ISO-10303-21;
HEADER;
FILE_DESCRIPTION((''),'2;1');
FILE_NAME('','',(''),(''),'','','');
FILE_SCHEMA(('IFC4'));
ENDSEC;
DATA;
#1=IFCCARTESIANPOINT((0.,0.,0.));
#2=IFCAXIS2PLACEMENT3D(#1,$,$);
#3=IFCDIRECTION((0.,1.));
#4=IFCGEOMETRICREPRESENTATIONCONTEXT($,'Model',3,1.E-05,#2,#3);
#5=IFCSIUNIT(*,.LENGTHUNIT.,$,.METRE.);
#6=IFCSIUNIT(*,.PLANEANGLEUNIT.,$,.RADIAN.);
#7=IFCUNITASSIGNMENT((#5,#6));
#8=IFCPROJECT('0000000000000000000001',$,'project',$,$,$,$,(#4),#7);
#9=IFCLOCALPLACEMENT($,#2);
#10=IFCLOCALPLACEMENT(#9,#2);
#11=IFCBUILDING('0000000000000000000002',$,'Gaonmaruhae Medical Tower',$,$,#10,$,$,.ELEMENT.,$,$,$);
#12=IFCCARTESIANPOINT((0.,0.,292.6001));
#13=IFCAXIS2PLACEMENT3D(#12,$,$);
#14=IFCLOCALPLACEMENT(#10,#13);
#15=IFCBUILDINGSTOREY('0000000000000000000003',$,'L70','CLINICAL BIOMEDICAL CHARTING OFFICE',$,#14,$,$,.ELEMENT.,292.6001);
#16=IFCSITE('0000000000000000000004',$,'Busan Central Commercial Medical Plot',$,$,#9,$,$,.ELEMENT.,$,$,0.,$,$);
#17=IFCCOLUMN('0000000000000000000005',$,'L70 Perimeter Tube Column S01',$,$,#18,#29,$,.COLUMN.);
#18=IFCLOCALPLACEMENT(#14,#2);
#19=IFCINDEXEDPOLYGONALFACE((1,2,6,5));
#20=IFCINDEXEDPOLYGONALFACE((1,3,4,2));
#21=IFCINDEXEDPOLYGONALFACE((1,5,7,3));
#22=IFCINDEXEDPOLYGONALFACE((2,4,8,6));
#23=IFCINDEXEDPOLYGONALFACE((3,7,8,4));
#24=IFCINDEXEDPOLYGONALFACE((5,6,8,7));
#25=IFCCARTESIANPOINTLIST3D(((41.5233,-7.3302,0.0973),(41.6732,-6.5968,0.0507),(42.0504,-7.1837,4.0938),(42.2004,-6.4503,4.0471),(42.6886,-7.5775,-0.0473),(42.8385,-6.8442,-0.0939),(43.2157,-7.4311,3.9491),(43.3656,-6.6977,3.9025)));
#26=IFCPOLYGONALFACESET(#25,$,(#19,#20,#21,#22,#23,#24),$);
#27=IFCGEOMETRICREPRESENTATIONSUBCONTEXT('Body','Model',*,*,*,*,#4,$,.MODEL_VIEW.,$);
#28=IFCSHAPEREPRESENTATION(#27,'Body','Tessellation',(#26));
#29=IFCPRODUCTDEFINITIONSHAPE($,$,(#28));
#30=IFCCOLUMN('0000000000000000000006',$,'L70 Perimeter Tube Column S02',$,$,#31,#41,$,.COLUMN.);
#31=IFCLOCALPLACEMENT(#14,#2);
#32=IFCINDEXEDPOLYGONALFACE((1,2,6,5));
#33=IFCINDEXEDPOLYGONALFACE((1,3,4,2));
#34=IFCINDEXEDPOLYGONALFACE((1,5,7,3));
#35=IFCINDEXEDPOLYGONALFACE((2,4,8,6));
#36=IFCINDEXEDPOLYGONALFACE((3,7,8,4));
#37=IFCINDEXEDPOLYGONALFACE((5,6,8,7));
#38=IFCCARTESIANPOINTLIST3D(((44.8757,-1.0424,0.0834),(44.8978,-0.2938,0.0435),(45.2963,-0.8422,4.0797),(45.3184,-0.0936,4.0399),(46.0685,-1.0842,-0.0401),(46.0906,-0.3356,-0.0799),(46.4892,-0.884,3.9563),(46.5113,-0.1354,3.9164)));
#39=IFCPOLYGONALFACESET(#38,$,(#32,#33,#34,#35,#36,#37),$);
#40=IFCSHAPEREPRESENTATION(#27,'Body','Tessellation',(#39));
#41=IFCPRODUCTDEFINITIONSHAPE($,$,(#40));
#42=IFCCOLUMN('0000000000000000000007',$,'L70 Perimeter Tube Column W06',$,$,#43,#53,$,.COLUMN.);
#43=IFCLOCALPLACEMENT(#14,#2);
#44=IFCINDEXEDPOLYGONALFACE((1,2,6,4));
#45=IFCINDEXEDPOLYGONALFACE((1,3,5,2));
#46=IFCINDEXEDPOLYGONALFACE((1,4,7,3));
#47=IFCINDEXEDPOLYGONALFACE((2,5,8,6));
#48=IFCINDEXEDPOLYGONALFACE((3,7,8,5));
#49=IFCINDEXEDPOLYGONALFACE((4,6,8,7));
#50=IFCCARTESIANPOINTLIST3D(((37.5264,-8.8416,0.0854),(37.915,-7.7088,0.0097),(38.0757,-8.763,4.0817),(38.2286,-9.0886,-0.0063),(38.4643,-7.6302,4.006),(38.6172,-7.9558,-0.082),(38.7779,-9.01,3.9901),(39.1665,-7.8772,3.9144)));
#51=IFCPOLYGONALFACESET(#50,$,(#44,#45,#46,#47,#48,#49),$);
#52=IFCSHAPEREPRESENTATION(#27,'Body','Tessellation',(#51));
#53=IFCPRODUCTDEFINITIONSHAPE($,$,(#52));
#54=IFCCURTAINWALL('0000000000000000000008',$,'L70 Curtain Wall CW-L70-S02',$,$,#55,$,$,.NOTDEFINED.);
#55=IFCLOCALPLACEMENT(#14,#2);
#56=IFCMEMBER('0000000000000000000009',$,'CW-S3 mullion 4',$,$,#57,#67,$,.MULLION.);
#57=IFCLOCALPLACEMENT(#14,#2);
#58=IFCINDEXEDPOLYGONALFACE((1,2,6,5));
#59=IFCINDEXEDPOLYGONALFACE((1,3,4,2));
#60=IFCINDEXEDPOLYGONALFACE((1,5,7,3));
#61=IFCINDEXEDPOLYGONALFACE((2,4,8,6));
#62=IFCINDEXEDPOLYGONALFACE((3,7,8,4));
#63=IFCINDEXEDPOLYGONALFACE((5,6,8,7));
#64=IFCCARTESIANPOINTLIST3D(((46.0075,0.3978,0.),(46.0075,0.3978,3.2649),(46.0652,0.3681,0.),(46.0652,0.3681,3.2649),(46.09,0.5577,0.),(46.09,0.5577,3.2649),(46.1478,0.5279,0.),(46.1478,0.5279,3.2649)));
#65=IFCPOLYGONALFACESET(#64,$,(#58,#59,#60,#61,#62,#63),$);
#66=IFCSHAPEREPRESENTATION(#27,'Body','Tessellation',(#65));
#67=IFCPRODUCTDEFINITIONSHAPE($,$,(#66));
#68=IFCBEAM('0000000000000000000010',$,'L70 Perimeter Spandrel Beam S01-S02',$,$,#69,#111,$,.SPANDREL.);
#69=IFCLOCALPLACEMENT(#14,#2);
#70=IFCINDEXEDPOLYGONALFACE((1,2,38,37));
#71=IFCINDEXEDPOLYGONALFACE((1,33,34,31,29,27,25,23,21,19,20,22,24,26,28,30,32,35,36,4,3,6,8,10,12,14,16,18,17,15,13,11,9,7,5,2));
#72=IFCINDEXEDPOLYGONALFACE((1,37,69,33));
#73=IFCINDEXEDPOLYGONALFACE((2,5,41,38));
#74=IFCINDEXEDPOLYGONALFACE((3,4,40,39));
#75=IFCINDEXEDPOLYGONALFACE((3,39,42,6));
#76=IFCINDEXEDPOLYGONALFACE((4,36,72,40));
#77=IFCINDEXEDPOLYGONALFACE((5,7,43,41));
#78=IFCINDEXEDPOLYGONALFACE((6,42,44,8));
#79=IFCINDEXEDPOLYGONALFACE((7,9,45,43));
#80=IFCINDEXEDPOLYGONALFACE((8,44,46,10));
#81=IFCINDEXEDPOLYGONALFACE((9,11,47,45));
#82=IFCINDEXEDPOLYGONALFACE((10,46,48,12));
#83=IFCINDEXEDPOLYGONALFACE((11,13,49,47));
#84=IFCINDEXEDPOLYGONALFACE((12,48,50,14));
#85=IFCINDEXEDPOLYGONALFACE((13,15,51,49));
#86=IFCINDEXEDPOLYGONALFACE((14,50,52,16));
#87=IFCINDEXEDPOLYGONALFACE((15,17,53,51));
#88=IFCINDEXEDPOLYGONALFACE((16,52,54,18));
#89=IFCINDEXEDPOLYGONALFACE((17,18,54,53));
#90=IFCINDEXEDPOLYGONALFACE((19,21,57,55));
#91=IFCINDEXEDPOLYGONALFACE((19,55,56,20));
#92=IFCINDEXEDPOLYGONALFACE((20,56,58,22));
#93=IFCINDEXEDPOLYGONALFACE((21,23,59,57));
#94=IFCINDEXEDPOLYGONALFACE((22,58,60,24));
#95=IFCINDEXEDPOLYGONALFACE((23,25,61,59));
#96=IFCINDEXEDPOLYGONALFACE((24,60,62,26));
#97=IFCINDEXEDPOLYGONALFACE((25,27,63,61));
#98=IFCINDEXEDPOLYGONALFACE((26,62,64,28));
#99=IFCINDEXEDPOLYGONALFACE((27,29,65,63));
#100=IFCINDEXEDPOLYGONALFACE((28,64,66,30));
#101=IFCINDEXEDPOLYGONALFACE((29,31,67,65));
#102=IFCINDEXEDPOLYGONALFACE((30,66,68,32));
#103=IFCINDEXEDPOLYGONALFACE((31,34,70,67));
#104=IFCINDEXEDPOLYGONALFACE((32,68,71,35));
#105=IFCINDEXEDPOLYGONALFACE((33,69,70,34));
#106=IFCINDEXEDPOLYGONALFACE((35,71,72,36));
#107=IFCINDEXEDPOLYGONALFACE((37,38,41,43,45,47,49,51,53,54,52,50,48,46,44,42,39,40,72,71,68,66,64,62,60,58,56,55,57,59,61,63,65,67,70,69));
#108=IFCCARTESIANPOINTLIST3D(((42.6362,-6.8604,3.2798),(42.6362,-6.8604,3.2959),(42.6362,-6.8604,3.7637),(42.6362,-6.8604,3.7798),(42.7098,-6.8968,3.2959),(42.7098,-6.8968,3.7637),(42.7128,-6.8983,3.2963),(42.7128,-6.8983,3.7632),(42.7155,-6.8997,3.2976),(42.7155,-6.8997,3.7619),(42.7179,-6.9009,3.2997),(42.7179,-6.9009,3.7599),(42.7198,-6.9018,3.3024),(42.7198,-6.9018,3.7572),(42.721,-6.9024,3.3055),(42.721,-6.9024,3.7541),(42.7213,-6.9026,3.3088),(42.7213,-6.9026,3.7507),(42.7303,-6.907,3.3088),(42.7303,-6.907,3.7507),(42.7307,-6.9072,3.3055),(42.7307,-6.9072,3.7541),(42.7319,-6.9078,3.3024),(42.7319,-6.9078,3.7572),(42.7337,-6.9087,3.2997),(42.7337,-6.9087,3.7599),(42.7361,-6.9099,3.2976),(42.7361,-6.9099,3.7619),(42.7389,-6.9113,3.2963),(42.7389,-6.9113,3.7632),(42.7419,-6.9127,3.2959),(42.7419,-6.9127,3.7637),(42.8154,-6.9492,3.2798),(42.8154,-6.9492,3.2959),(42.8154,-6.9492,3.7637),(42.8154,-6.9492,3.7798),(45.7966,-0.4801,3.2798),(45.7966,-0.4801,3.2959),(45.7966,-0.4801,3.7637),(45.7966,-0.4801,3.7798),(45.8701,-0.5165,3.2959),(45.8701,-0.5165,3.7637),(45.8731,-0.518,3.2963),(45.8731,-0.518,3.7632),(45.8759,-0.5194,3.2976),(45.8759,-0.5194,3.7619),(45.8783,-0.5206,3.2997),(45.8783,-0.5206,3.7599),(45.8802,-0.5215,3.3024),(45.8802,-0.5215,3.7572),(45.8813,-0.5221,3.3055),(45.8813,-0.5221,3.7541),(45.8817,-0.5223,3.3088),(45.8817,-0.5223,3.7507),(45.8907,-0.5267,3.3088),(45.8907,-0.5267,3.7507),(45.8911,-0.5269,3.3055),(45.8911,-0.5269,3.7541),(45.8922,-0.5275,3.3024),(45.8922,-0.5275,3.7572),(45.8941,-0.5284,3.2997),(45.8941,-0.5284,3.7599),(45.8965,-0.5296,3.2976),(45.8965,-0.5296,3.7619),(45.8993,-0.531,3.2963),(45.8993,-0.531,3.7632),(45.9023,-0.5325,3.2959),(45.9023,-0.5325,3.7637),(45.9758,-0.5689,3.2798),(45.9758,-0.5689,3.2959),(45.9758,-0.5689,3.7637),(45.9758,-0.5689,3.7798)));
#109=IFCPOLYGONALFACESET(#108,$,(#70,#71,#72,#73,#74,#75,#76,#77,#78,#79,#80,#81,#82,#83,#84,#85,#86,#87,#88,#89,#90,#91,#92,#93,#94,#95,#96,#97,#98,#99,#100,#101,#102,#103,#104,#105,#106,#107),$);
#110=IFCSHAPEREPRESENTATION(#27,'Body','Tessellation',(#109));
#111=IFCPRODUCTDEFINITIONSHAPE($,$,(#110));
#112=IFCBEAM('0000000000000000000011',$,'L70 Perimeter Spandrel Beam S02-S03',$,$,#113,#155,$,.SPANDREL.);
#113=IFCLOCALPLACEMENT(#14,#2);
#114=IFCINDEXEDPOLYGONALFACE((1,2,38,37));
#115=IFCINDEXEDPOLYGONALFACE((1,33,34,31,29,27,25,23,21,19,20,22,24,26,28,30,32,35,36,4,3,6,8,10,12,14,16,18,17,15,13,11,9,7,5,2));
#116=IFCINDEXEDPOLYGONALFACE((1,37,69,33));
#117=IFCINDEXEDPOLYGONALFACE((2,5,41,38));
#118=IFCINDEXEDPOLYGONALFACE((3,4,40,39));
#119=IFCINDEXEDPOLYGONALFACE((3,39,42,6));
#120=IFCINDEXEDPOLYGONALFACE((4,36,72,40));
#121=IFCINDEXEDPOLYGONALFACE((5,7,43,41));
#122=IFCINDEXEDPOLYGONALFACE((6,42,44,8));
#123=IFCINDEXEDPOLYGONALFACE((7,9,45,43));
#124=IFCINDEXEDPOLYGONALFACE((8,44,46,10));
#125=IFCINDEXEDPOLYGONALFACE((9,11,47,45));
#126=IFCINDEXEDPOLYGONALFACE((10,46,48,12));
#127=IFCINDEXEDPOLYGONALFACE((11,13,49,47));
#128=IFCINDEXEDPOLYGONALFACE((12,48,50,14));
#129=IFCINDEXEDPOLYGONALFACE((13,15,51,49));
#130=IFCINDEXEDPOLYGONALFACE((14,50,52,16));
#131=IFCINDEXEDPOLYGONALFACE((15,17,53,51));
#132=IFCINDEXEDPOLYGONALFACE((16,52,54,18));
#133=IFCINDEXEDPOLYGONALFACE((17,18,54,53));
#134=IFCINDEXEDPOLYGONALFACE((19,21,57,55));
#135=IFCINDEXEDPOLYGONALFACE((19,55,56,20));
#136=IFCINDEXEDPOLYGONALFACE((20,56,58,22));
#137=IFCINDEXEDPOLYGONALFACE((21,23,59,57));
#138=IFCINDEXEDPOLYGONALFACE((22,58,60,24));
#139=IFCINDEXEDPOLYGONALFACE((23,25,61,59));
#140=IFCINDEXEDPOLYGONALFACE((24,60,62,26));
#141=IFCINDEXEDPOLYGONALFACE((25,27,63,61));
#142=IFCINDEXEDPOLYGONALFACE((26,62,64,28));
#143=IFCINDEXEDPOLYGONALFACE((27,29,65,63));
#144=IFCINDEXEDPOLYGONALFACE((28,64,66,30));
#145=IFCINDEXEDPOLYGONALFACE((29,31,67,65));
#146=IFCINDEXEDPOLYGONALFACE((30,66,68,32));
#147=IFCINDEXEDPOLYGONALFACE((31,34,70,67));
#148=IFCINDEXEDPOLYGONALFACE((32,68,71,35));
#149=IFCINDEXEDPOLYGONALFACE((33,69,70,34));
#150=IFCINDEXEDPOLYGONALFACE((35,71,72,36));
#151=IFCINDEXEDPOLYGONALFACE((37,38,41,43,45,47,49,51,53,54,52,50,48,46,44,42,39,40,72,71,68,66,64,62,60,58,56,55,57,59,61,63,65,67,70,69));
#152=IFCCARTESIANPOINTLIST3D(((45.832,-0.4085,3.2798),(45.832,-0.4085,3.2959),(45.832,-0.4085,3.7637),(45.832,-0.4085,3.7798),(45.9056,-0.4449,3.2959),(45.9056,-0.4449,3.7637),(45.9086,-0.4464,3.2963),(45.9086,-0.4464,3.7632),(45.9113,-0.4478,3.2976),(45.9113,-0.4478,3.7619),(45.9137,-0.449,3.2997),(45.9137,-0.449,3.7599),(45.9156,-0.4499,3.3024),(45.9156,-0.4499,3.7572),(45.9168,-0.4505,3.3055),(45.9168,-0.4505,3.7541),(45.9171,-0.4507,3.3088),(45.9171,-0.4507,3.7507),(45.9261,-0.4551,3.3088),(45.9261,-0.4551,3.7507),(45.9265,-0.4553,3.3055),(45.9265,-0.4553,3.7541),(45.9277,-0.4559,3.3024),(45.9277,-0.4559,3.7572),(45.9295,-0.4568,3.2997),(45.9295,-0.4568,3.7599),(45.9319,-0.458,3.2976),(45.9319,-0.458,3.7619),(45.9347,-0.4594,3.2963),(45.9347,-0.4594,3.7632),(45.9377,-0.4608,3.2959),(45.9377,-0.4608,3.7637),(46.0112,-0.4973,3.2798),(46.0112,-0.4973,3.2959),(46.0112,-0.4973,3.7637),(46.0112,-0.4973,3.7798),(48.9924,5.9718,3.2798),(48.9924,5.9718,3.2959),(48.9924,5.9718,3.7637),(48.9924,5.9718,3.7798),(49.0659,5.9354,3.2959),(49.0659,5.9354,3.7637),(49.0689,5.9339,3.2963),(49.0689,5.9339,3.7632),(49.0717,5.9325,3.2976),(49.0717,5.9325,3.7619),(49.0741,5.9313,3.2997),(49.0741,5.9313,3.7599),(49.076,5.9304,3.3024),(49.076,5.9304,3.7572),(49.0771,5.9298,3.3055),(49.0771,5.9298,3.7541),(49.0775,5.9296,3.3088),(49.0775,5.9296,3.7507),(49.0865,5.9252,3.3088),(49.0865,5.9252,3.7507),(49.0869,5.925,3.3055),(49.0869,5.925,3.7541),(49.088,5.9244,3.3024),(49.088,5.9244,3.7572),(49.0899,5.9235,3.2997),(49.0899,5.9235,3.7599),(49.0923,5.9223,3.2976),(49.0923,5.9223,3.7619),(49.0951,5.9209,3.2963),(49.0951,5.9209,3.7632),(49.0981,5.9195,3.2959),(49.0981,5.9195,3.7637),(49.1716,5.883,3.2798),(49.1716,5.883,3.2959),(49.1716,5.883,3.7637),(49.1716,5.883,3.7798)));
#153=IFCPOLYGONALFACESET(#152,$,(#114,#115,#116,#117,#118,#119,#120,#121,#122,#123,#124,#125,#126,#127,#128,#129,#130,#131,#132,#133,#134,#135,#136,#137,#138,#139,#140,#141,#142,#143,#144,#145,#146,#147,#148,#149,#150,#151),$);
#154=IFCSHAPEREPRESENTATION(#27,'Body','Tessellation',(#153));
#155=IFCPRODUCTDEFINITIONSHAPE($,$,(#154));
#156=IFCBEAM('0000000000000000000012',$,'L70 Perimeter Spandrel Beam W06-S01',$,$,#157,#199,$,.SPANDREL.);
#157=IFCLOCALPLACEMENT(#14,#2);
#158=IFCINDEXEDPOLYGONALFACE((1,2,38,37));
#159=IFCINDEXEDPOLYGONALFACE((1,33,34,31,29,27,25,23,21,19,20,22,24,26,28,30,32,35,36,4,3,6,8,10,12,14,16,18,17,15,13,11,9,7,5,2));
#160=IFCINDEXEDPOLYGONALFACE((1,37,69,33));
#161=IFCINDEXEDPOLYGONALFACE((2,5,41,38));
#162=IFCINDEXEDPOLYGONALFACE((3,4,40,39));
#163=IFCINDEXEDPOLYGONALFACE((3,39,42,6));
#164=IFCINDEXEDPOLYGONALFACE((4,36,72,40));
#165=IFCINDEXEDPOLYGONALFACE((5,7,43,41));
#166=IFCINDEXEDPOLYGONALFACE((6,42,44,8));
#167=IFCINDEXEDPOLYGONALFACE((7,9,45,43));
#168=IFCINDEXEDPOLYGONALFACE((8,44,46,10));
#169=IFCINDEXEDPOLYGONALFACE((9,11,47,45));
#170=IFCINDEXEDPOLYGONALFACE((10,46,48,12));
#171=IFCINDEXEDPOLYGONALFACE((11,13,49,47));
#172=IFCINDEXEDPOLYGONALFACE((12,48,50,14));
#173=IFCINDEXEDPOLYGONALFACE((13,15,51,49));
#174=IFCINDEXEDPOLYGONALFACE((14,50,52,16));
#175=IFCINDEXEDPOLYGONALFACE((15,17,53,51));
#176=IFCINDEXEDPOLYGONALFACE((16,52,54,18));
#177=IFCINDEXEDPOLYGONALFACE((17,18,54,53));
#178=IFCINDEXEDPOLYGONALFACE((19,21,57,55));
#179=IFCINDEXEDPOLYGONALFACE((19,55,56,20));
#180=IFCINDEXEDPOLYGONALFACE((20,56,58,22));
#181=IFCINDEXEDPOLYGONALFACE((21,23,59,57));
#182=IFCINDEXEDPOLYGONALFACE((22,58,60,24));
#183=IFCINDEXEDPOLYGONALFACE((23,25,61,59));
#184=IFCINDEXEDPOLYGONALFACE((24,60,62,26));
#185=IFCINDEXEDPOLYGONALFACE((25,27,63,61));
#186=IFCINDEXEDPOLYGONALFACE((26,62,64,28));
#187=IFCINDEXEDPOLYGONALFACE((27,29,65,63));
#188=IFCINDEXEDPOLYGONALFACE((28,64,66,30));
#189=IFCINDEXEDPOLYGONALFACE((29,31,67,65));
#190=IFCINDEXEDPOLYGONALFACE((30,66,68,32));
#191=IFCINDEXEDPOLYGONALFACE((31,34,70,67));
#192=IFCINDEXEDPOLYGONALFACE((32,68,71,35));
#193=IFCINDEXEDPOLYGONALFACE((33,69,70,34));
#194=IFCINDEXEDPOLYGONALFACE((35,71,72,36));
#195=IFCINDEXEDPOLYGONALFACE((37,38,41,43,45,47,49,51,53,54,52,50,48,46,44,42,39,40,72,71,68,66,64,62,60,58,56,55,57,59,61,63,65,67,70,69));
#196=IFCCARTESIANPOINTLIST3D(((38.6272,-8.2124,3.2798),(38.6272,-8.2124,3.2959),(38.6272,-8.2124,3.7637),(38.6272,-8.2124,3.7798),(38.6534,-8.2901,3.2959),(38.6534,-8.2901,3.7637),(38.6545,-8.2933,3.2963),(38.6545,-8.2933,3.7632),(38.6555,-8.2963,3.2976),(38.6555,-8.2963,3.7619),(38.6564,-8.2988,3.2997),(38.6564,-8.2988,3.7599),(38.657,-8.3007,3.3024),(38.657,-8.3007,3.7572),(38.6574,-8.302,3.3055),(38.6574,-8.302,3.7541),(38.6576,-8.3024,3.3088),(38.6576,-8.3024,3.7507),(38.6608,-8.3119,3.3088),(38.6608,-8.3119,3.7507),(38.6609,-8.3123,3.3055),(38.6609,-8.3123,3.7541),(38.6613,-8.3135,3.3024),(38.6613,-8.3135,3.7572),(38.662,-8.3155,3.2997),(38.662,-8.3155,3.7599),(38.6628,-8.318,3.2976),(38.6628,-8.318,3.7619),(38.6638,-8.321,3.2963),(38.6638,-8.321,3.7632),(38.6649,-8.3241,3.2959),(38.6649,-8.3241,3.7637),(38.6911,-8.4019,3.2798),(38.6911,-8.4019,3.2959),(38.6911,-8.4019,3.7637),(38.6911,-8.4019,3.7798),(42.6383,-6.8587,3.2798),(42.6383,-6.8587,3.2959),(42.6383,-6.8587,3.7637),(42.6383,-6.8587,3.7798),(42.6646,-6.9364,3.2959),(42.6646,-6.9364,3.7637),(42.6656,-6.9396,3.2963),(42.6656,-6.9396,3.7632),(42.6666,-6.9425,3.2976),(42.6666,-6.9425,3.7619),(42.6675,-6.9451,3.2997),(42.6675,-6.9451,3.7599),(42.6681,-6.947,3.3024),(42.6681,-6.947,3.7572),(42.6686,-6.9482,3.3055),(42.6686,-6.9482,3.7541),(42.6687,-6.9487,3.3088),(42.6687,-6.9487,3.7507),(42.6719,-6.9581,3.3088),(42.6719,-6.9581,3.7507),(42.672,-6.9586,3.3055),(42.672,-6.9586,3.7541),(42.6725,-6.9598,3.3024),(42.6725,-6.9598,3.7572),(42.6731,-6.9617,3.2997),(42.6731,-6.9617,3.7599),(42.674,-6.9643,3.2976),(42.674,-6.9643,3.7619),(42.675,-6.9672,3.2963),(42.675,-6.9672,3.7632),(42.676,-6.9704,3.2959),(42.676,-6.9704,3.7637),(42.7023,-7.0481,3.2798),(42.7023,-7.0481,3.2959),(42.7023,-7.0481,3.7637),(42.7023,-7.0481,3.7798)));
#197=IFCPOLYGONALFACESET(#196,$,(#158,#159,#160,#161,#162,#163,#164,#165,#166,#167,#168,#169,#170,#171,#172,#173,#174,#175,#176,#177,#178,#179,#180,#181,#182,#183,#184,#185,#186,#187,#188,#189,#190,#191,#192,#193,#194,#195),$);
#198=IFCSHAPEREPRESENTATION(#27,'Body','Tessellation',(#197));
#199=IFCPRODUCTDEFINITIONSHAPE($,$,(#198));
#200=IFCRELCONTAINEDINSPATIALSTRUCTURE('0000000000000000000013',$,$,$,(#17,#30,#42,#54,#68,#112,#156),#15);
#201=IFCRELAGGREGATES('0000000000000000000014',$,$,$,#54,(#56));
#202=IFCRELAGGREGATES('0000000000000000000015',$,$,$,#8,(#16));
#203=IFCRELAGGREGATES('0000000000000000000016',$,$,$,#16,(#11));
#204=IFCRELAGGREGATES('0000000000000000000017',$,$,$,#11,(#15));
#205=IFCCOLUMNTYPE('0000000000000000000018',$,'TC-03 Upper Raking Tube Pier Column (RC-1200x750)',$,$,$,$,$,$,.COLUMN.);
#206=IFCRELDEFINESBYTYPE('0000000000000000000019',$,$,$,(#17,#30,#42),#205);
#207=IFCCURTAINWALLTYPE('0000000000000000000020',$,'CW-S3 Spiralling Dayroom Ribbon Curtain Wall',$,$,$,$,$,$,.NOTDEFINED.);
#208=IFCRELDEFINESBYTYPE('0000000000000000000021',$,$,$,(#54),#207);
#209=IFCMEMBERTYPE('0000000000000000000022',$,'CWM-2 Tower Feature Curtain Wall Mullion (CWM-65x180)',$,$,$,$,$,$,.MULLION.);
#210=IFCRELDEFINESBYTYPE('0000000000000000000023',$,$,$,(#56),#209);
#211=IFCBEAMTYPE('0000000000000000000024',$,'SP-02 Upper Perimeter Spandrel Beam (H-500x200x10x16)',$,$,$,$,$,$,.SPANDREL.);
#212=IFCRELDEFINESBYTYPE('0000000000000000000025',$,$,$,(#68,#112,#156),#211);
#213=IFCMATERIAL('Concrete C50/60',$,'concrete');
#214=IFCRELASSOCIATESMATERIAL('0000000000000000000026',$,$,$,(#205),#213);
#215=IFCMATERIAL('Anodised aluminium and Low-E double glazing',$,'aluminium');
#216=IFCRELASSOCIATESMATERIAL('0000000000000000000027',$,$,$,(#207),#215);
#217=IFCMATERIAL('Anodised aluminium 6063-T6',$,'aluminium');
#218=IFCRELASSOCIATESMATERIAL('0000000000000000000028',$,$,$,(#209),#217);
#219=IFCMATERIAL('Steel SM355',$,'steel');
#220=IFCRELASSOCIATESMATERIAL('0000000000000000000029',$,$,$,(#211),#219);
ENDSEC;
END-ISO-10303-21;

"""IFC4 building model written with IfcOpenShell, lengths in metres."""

from ifc_helpers import new_model, si_unit, direction, frame, origin, origin_2d, place, context, subcontext, project, spatial, rectangle, i_section, extrude, material, material_profile, profile_set, type_object, element, aggregate, save


model = new_model("IFC4")

# Units and contexts
model_context = context("Model", 3, precision=1e-05, world=origin(), true_north=direction((0.0, 1.0)))
body_context = subcontext(model_context, "Body", "Model", "MODEL_VIEW")
ifc_project = project(units=[si_unit("LENGTHUNIT", "METRE"), si_unit("PLANEANGLEUNIT", "RADIAN")], contexts=[model_context])

# Site, building, storey
site_placement = place(None, origin())
site = spatial("IfcSite", under=ifc_project, at=site_placement, Name="Busan Central Commercial Medical Plot", CompositionType="ELEMENT", RefElevation=0.0)
building_placement = place(site_placement, origin())
building = spatial("IfcBuilding", under=site, at=building_placement, Name="Gaonmaruhae Medical Tower", CompositionType="ELEMENT")
storey_placement = place(building_placement, frame((0.0, 0.0, 292.6001)))
storey = spatial("IfcBuildingStorey", under=building, at=storey_placement, Name="L70", Description="CLINICAL BIOMEDICAL CHARTING OFFICE", CompositionType="ELEMENT", Elevation=292.6001)

# Columns
ifc_material_1 = material(Name="Concrete C50/60", Category="concrete")
ifc_material_profile_1 = material_profile(ifc_material_1, rectangle(XDim=1.2, YDim=0.75, at=origin_2d()), Name="RC-1200x750")
ifc_profile_set_1 = profile_set([ifc_material_profile_1], Name="Concrete C50/60")
column_type = type_object("IfcColumnType", Name="TC-03 Upper Raking Tube Pier Column (RC-1200x750)", PredefinedType="COLUMN", material=ifc_profile_set_1)
column_1_placement = place(storey_placement, frame((42.1809, -7.0872, 0.0017), z_axis=(0.130677, 0.036316, 0.99076), x_axis=(-0.971066, 0.206166, 0.120523)))
element("IfcColumn", 1, at=column_1_placement, inside=storey, type_object=column_type, Name="L70 Perimeter Tube Column S01", PredefinedType="COLUMN", context=body_context, shape_type="SweptSolid", body=[
    extrude(rectangle(XDim=1.2, YDim=0.75, at=origin_2d()), origin(), (0.0, 0.0, 1.0), 4.0337),
])
column_2_placement = place(storey_placement, frame((45.4832, -0.689, 0.0017), z_axis=(0.104552, 0.049758, 0.993274), x_axis=(-0.994082, 0.034844, 0.102892)))
element("IfcColumn", 2, at=column_2_placement, inside=storey, type_object=column_type, Name="L70 Perimeter Tube Column S02", PredefinedType="COLUMN", context=body_context, shape_type="SweptSolid", body=[
    extrude(rectangle(XDim=1.2, YDim=0.75, at=origin_2d()), origin(), (0.0, 0.0, 1.0), 4.0234),
])
column_3_placement = place(storey_placement, frame((38.0718, -8.3987, 0.0017), z_axis=(0.136149, 0.019484, 0.990497), x_axis=(-0.323821, -0.944013, 0.063081)))
element("IfcColumn", 3, at=column_3_placement, inside=storey, type_object=column_type, Name="L70 Perimeter Tube Column W06", PredefinedType="COLUMN", context=body_context, shape_type="SweptSolid", body=[
    extrude(rectangle(XDim=1.2, YDim=0.75, at=origin_2d()), origin(), (0.0, 0.0, 1.0), 4.0347),
])

# Curtain wall, member
ifc_material_2 = material(Name="Anodised aluminium and Low-E double glazing", Category="aluminium")
curtain_wall_type = type_object("IfcCurtainWallType", Name="CW-S3 Spiralling Dayroom Ribbon Curtain Wall", PredefinedType="NOTDEFINED", material=ifc_material_2)
curtain_wall_placement = place(storey_placement, origin())
curtain_wall = element("IfcCurtainWall", 4, at=curtain_wall_placement, inside=storey, type_object=curtain_wall_type, Name="L70 Curtain Wall CW-L70-S02", PredefinedType="NOTDEFINED")
ifc_material_3 = material(Name="Anodised aluminium 6063-T6", Category="aluminium")
ifc_material_profile_2 = material_profile(ifc_material_3, rectangle(XDim=0.0649, YDim=0.1799, at=origin_2d()), Name="CWM-65x180")
ifc_profile_set_2 = profile_set([ifc_material_profile_2], Name="Anodised aluminium 6063-T6")
member_type = type_object("IfcMemberType", Name="CWM-2 Tower Feature Curtain Wall Mullion (CWM-65x180)", PredefinedType="MULLION", material=ifc_profile_set_2)
member_placement = place(storey_placement, frame((46.0776, 0.4629, 0.0), z_axis=(0.0, 0.0, 1.0), x_axis=(0.888624, -0.458637, 0.0)))
member = element("IfcMember", 5, at=member_placement, type_object=member_type, Name="CW-S3 mullion 4", PredefinedType="MULLION", context=body_context, shape_type="SweptSolid", body=[
    extrude(rectangle(XDim=0.0649, YDim=0.1799, at=origin_2d()), origin(), (0.0, 0.0, 1.0), 3.2649),
])
aggregate(curtain_wall, [member])

# Beams
ifc_material_4 = material(Name="Steel SM355", Category="steel")
ifc_material_profile_3 = material_profile(ifc_material_4, i_section(OverallWidth=0.2, OverallDepth=0.5, WebThickness=0.01, FlangeThickness=0.0161, FilletRadius=0.0129, at=origin_2d()), Name="H-500x200x10x16")
ifc_profile_set_3 = profile_set([ifc_material_profile_3], Name="Steel SM355")
beam_type = type_object("IfcBeamType", Name="SP-02 Upper Perimeter Spandrel Beam (H-500x200x10x16)", PredefinedType="SPANDREL", material=ifc_profile_set_3)
for number, where, z_axis, x_axis, name in (
    (6, (42.7258, -6.9048, 3.5298), (0.443864, 0.896094, 0.0), (-0.896094, 0.443864, 0.0), "L70 Perimeter Spandrel Beam S01-S02"),
    (7, (45.9216, -0.4529, 3.5298), (0.443864, 0.896094, 0.0), (-0.896094, 0.443864, 0.0), "L70 Perimeter Spandrel Beam S02-S03"),
):
    element("IfcBeam", number, at=place(storey_placement, frame(where, z_axis=z_axis, x_axis=x_axis)), inside=storey, type_object=beam_type, Name=name, PredefinedType="SPANDREL", context=body_context, shape_type="SweptSolid", body=[
        extrude(i_section(OverallWidth=0.2, OverallDepth=0.5, WebThickness=0.01, FlangeThickness=0.0161, FilletRadius=0.0129, at=origin_2d()), origin(), (0.0, 0.0, 1.0), 7.1201),
    ])
beam_placement = place(storey_placement, frame((38.6592, -8.3071, 3.5298), z_axis=(0.947494, 0.319772, 0.0), x_axis=(-0.319772, 0.947494, 0.0)))
element("IfcBeam", 8, at=beam_placement, inside=storey, type_object=beam_type, Name="L70 Perimeter Spandrel Beam W06-S01", PredefinedType="SPANDREL", context=body_context, shape_type="SweptSolid", body=[
    extrude(i_section(OverallWidth=0.2, OverallDepth=0.5, WebThickness=0.01, FlangeThickness=0.0161, FilletRadius=0.0129, at=origin_2d()), origin(), (0.0, 0.0, 1.0), 4.2334),
])

save(model, "model.ifc")
